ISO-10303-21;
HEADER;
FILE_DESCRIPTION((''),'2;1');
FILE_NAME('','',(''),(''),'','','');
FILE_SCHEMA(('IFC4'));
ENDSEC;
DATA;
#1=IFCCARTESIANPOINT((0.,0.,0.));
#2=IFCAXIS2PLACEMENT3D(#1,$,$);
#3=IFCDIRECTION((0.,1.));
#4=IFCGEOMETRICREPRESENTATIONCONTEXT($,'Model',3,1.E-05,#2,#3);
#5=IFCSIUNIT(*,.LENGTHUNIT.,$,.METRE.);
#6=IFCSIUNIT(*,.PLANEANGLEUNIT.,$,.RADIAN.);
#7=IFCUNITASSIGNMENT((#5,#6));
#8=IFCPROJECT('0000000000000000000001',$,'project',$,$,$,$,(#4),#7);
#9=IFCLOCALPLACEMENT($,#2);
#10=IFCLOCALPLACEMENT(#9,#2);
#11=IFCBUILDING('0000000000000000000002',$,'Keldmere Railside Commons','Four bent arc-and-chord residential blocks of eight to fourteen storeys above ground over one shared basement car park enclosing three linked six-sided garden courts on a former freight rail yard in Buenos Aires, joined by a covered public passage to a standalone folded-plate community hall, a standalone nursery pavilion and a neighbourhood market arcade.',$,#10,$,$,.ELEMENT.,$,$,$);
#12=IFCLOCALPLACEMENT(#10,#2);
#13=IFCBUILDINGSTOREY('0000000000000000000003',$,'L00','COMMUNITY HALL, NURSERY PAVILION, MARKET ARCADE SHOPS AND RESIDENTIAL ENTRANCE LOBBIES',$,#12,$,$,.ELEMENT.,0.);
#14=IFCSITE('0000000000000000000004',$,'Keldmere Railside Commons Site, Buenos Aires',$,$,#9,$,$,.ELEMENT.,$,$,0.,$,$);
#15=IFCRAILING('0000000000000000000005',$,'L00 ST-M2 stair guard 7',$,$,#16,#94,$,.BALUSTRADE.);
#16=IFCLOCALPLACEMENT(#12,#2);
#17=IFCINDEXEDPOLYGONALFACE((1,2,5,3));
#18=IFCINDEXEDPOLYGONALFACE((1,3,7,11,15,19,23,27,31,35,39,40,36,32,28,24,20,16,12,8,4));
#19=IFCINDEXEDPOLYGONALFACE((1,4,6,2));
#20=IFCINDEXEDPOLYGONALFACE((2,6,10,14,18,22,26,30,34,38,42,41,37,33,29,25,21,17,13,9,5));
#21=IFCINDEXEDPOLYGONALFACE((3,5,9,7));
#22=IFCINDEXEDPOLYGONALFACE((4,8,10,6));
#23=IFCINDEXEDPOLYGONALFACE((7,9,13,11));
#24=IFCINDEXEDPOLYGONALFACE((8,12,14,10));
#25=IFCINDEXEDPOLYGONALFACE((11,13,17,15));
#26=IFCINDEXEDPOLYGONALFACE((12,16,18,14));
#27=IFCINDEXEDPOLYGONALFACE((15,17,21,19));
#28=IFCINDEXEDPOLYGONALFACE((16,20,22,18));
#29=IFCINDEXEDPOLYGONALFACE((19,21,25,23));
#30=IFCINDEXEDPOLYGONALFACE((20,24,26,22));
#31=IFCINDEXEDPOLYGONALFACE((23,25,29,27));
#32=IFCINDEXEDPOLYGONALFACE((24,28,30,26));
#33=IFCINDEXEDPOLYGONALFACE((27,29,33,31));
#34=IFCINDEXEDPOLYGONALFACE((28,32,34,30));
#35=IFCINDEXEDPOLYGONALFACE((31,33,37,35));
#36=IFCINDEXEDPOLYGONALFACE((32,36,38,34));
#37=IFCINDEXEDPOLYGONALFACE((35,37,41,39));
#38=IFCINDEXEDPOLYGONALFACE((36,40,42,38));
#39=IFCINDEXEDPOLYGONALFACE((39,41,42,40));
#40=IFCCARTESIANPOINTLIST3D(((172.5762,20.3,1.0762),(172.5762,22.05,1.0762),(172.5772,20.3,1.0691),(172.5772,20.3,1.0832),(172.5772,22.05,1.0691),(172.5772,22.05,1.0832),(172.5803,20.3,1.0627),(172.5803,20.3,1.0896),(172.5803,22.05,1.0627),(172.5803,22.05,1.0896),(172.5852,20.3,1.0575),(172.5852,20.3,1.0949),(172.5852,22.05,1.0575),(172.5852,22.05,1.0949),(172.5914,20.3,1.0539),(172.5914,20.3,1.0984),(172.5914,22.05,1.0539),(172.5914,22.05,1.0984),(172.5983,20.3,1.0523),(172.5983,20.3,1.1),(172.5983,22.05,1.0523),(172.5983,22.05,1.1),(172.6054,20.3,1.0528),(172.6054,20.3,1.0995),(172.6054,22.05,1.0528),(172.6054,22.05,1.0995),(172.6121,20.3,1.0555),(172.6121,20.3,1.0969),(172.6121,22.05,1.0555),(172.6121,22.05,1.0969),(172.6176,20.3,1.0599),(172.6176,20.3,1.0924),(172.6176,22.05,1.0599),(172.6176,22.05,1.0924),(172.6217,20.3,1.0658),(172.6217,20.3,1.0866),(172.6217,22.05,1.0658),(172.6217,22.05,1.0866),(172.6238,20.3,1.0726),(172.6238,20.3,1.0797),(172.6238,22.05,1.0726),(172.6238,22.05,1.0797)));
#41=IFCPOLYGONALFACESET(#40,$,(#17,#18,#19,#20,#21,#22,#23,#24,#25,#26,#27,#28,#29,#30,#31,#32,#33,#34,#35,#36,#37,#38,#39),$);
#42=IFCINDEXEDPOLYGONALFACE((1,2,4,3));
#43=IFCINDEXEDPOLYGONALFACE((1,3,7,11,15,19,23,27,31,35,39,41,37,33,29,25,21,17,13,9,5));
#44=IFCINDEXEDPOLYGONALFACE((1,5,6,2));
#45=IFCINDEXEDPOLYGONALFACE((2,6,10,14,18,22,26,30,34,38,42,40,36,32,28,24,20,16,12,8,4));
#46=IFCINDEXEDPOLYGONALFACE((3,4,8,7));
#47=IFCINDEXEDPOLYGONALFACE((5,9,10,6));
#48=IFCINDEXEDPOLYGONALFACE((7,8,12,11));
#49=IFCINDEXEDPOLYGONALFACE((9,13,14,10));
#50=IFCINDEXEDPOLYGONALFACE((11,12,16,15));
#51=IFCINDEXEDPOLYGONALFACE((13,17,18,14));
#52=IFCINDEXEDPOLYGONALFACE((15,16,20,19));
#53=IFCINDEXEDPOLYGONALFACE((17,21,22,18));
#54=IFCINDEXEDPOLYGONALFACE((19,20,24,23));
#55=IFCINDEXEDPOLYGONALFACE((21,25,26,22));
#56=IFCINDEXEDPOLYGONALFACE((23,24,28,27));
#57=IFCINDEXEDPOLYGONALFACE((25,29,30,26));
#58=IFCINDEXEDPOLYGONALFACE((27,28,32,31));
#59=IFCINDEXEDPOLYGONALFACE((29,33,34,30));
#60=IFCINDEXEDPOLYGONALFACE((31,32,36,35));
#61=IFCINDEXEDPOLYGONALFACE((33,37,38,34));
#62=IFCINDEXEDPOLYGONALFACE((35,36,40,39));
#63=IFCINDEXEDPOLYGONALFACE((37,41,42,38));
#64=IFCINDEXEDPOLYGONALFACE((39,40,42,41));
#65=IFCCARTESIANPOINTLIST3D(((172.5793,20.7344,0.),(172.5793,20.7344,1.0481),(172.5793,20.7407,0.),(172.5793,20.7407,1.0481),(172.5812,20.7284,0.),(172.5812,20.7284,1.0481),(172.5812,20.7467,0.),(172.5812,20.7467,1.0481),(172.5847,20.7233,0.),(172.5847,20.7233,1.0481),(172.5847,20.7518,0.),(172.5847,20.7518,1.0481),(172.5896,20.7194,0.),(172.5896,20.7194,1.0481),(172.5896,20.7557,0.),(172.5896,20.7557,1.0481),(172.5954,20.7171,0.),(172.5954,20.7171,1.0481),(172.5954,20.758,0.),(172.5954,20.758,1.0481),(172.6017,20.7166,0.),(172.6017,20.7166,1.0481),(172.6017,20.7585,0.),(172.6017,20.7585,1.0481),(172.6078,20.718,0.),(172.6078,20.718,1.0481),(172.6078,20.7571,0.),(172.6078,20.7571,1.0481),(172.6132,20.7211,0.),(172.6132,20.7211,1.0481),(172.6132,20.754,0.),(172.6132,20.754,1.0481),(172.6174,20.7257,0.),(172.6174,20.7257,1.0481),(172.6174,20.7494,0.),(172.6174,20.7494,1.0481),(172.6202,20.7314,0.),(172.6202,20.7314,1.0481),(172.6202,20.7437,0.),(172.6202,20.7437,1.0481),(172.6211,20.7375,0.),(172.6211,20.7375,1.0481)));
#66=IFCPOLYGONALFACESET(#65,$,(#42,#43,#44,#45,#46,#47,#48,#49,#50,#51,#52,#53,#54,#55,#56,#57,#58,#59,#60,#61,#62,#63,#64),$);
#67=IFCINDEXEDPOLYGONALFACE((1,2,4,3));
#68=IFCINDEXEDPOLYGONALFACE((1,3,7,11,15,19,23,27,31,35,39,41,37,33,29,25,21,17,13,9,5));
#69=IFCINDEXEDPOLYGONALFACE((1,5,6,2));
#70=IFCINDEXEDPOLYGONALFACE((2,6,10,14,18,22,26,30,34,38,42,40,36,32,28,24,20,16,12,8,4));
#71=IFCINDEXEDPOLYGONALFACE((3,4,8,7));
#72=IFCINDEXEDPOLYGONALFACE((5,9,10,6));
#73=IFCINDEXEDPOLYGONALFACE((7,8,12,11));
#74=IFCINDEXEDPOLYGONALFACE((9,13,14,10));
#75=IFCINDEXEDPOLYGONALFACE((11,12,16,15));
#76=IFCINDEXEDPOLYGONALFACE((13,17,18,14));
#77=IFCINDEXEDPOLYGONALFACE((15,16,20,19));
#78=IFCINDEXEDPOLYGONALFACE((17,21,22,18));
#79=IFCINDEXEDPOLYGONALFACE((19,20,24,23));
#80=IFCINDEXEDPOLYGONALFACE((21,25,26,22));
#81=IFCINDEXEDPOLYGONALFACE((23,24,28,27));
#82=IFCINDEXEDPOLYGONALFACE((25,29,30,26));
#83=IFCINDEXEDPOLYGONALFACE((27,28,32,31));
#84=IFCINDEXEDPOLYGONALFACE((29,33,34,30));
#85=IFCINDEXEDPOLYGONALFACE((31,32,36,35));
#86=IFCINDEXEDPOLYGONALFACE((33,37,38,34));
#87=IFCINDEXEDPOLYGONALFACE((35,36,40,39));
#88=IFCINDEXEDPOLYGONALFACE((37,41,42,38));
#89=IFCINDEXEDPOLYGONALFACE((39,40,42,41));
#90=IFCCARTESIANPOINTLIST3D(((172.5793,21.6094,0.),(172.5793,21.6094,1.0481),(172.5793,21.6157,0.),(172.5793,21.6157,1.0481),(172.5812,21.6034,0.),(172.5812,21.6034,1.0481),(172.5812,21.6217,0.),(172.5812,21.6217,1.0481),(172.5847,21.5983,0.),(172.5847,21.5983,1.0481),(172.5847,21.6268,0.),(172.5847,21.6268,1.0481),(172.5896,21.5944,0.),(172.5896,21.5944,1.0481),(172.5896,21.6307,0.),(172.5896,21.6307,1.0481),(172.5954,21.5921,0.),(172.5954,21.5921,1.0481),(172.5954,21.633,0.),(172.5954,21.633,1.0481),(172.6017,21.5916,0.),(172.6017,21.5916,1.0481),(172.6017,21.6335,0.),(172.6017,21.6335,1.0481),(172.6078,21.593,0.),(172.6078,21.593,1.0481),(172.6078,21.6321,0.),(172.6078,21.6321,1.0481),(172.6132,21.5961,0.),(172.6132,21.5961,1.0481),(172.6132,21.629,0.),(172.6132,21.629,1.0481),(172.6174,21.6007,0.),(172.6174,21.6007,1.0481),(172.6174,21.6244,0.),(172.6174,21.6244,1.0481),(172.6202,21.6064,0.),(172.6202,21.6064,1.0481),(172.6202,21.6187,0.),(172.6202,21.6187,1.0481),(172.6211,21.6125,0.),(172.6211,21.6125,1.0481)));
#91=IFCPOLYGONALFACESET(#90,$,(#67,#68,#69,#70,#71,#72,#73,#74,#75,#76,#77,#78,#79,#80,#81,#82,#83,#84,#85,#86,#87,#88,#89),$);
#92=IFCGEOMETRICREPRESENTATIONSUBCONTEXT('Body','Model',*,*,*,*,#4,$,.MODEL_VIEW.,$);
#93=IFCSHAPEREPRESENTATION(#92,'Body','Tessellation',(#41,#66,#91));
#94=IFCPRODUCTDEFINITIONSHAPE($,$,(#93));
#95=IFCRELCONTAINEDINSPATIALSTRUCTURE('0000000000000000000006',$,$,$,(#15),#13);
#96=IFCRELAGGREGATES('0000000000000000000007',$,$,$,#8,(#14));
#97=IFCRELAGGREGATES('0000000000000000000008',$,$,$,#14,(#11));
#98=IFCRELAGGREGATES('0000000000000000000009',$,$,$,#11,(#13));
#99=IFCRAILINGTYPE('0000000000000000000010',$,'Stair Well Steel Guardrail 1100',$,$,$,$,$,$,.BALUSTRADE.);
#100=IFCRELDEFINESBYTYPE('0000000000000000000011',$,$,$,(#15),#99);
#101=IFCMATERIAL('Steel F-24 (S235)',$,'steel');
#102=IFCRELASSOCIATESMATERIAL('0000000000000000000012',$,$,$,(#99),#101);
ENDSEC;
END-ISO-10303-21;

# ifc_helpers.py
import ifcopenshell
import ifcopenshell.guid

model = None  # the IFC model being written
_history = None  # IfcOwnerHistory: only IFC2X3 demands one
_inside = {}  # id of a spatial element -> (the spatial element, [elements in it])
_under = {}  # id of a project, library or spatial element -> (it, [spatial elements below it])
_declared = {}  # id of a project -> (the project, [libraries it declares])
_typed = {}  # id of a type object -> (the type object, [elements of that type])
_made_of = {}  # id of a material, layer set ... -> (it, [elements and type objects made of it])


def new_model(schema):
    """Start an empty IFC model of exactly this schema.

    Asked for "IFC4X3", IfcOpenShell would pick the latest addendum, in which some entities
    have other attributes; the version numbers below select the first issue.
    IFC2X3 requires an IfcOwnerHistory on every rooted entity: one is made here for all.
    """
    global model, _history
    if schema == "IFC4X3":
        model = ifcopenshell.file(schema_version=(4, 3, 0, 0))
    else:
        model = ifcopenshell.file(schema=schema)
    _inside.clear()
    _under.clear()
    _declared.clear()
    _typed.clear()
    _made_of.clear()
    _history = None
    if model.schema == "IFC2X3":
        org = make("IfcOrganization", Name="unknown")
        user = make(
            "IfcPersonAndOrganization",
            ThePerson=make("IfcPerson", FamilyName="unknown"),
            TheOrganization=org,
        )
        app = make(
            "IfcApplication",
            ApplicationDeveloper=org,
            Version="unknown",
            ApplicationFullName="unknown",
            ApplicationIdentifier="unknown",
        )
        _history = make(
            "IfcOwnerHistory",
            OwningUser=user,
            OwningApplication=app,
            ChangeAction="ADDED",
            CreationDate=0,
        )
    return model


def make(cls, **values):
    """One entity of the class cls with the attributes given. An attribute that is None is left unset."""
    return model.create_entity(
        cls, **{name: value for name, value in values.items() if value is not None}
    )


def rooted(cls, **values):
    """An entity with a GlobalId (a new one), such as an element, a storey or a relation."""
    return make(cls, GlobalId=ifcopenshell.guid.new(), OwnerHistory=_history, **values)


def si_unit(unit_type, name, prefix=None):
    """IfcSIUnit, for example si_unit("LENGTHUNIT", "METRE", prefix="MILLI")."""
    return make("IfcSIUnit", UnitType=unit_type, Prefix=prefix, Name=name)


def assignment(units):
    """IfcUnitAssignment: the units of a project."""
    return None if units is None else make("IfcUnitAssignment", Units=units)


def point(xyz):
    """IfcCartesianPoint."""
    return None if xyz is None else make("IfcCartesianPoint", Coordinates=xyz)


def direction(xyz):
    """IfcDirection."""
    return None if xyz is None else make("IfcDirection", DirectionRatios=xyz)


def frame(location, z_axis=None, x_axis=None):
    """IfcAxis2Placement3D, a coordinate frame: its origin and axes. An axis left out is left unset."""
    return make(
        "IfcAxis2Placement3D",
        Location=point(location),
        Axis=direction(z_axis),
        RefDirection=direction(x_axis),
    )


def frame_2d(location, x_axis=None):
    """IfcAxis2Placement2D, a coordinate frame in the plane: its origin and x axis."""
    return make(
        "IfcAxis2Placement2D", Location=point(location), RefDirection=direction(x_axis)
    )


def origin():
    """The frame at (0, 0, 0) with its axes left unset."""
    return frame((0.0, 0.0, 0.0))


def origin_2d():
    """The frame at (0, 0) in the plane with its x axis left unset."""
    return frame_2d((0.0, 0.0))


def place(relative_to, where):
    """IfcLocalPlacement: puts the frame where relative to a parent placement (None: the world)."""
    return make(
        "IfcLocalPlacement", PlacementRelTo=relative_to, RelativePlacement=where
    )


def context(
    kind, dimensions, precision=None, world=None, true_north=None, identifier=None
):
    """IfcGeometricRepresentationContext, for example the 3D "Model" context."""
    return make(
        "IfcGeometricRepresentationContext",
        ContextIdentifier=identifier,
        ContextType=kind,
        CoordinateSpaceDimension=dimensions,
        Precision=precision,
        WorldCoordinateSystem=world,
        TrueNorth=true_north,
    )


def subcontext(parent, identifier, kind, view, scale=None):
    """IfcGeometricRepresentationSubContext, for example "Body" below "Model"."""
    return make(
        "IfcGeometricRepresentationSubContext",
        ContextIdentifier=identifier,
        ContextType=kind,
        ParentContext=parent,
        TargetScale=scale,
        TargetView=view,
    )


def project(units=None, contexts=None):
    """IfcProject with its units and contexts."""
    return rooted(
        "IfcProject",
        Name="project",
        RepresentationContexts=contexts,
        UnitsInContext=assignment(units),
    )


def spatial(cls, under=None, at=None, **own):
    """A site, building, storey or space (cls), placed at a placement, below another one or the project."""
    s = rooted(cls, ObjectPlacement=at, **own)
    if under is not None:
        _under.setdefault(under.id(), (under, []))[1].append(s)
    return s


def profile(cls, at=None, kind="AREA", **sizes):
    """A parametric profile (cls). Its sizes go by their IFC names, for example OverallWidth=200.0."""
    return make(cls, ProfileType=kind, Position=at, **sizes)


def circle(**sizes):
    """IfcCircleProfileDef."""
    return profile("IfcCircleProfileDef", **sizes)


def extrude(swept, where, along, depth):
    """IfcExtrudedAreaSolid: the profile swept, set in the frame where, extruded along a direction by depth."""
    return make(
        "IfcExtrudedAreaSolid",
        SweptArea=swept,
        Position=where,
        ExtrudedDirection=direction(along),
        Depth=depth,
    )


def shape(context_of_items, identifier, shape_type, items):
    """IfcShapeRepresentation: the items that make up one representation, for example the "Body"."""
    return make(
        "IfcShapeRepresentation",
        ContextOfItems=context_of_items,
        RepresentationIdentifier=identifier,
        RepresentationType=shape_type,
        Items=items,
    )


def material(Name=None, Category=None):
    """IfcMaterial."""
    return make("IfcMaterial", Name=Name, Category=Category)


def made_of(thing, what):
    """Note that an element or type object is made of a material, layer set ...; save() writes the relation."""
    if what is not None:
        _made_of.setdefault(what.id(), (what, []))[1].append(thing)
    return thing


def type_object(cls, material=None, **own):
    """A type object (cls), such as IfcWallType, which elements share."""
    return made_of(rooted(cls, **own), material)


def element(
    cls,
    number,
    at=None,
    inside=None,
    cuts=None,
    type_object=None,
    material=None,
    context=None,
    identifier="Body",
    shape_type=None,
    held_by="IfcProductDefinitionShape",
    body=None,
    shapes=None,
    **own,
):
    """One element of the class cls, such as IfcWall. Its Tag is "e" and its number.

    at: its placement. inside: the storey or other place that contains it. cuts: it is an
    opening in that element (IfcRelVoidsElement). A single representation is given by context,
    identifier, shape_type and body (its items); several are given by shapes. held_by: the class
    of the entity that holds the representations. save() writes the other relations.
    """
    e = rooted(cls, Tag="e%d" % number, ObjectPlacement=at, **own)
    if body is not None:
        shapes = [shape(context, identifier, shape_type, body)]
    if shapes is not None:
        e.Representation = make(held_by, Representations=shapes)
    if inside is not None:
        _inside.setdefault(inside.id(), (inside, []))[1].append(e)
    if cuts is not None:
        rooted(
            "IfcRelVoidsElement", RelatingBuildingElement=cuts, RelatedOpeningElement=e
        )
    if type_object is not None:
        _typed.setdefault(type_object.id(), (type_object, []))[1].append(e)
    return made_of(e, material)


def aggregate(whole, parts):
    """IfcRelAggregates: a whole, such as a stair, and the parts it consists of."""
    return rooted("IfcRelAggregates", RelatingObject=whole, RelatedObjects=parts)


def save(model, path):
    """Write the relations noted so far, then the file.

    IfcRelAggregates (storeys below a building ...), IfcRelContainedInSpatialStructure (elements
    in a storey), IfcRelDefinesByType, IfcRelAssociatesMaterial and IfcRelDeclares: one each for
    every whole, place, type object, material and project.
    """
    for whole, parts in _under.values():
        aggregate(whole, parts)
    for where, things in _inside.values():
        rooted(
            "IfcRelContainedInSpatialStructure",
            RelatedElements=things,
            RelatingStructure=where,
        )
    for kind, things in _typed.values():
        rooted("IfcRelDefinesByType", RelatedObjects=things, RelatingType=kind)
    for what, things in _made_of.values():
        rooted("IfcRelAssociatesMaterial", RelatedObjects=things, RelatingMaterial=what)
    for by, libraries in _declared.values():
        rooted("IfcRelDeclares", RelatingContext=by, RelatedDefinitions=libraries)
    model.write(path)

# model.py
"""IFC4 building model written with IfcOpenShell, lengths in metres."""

from ifc_helpers import new_model, si_unit, direction, frame, origin, origin_2d, place, context, subcontext, project, spatial, circle, extrude, material, type_object, element, save


model = new_model("IFC4")

# Units and contexts
model_context = context("Model", 3, precision=1e-05, world=origin(), true_north=direction((0.0, 1.0)))
body_context = subcontext(model_context, "Body", "Model", "MODEL_VIEW")
ifc_project = project(units=[si_unit("LENGTHUNIT", "METRE"), si_unit("PLANEANGLEUNIT", "RADIAN")], contexts=[model_context])

# Site, building, storey
site_placement = place(None, origin())
site = spatial("IfcSite", under=ifc_project, at=site_placement, Name="Keldmere Railside Commons Site, Buenos Aires", CompositionType="ELEMENT", RefElevation=0.0)
building_placement = place(site_placement, origin())
building = spatial("IfcBuilding", under=site, at=building_placement, Name="Keldmere Railside Commons", Description="Four bent arc-and-chord residential blocks of eight to fourteen storeys above ground over one shared basement car park enclosing three linked six-sided garden courts on a former freight rail yard in Buenos Aires, joined by a covered public passage to a standalone folded-plate community hall, a standalone nursery pavilion and a neighbourhood market arcade.", CompositionType="ELEMENT")
storey_placement = place(building_placement, origin())
storey = spatial("IfcBuildingStorey", under=building, at=storey_placement, Name="L00", Description="COMMUNITY HALL, NURSERY PAVILION, MARKET ARCADE SHOPS AND RESIDENTIAL ENTRANCE LOBBIES", CompositionType="ELEMENT", Elevation=0.0)

# Shared definitions
ifc_material_1 = material(Name="Steel F-24 (S235)", Category="steel")

# Railing
railing_type_1 = type_object("IfcRailingType", Name="Stair Well Steel Guardrail 1100", PredefinedType="BALUSTRADE", material=ifc_material_1)
railing_1_placement = place(storey_placement, frame((172.6001, 20.3, 0.0)))
element("IfcRailing", 1, at=railing_1_placement, inside=storey, type_object=railing_type_1, Name="L00 ST-M2 stair guard 7", PredefinedType="BALUSTRADE", context=body_context, shape_type="SweptSolid", body=[
    extrude(circle(Radius=0.0239, at=origin_2d()), frame((0.0, 0.0, 1.0762), z_axis=(0.0, 1.0, 0.0), x_axis=(-1.0, 0.0, 0.0)), (0.0, 0.0, 1.0), 1.75),
    extrude(circle(Radius=0.021, at=origin_2d()), frame((0.0, 0.4375, 0.0)), (0.0, 0.0, 1.0), 1.0481),
    extrude(circle(Radius=0.021, at=origin_2d()), frame((0.0, 1.3125, 0.0)), (0.0, 0.0, 1.0), 1.0481),
])

save(model, "model.ifc")
